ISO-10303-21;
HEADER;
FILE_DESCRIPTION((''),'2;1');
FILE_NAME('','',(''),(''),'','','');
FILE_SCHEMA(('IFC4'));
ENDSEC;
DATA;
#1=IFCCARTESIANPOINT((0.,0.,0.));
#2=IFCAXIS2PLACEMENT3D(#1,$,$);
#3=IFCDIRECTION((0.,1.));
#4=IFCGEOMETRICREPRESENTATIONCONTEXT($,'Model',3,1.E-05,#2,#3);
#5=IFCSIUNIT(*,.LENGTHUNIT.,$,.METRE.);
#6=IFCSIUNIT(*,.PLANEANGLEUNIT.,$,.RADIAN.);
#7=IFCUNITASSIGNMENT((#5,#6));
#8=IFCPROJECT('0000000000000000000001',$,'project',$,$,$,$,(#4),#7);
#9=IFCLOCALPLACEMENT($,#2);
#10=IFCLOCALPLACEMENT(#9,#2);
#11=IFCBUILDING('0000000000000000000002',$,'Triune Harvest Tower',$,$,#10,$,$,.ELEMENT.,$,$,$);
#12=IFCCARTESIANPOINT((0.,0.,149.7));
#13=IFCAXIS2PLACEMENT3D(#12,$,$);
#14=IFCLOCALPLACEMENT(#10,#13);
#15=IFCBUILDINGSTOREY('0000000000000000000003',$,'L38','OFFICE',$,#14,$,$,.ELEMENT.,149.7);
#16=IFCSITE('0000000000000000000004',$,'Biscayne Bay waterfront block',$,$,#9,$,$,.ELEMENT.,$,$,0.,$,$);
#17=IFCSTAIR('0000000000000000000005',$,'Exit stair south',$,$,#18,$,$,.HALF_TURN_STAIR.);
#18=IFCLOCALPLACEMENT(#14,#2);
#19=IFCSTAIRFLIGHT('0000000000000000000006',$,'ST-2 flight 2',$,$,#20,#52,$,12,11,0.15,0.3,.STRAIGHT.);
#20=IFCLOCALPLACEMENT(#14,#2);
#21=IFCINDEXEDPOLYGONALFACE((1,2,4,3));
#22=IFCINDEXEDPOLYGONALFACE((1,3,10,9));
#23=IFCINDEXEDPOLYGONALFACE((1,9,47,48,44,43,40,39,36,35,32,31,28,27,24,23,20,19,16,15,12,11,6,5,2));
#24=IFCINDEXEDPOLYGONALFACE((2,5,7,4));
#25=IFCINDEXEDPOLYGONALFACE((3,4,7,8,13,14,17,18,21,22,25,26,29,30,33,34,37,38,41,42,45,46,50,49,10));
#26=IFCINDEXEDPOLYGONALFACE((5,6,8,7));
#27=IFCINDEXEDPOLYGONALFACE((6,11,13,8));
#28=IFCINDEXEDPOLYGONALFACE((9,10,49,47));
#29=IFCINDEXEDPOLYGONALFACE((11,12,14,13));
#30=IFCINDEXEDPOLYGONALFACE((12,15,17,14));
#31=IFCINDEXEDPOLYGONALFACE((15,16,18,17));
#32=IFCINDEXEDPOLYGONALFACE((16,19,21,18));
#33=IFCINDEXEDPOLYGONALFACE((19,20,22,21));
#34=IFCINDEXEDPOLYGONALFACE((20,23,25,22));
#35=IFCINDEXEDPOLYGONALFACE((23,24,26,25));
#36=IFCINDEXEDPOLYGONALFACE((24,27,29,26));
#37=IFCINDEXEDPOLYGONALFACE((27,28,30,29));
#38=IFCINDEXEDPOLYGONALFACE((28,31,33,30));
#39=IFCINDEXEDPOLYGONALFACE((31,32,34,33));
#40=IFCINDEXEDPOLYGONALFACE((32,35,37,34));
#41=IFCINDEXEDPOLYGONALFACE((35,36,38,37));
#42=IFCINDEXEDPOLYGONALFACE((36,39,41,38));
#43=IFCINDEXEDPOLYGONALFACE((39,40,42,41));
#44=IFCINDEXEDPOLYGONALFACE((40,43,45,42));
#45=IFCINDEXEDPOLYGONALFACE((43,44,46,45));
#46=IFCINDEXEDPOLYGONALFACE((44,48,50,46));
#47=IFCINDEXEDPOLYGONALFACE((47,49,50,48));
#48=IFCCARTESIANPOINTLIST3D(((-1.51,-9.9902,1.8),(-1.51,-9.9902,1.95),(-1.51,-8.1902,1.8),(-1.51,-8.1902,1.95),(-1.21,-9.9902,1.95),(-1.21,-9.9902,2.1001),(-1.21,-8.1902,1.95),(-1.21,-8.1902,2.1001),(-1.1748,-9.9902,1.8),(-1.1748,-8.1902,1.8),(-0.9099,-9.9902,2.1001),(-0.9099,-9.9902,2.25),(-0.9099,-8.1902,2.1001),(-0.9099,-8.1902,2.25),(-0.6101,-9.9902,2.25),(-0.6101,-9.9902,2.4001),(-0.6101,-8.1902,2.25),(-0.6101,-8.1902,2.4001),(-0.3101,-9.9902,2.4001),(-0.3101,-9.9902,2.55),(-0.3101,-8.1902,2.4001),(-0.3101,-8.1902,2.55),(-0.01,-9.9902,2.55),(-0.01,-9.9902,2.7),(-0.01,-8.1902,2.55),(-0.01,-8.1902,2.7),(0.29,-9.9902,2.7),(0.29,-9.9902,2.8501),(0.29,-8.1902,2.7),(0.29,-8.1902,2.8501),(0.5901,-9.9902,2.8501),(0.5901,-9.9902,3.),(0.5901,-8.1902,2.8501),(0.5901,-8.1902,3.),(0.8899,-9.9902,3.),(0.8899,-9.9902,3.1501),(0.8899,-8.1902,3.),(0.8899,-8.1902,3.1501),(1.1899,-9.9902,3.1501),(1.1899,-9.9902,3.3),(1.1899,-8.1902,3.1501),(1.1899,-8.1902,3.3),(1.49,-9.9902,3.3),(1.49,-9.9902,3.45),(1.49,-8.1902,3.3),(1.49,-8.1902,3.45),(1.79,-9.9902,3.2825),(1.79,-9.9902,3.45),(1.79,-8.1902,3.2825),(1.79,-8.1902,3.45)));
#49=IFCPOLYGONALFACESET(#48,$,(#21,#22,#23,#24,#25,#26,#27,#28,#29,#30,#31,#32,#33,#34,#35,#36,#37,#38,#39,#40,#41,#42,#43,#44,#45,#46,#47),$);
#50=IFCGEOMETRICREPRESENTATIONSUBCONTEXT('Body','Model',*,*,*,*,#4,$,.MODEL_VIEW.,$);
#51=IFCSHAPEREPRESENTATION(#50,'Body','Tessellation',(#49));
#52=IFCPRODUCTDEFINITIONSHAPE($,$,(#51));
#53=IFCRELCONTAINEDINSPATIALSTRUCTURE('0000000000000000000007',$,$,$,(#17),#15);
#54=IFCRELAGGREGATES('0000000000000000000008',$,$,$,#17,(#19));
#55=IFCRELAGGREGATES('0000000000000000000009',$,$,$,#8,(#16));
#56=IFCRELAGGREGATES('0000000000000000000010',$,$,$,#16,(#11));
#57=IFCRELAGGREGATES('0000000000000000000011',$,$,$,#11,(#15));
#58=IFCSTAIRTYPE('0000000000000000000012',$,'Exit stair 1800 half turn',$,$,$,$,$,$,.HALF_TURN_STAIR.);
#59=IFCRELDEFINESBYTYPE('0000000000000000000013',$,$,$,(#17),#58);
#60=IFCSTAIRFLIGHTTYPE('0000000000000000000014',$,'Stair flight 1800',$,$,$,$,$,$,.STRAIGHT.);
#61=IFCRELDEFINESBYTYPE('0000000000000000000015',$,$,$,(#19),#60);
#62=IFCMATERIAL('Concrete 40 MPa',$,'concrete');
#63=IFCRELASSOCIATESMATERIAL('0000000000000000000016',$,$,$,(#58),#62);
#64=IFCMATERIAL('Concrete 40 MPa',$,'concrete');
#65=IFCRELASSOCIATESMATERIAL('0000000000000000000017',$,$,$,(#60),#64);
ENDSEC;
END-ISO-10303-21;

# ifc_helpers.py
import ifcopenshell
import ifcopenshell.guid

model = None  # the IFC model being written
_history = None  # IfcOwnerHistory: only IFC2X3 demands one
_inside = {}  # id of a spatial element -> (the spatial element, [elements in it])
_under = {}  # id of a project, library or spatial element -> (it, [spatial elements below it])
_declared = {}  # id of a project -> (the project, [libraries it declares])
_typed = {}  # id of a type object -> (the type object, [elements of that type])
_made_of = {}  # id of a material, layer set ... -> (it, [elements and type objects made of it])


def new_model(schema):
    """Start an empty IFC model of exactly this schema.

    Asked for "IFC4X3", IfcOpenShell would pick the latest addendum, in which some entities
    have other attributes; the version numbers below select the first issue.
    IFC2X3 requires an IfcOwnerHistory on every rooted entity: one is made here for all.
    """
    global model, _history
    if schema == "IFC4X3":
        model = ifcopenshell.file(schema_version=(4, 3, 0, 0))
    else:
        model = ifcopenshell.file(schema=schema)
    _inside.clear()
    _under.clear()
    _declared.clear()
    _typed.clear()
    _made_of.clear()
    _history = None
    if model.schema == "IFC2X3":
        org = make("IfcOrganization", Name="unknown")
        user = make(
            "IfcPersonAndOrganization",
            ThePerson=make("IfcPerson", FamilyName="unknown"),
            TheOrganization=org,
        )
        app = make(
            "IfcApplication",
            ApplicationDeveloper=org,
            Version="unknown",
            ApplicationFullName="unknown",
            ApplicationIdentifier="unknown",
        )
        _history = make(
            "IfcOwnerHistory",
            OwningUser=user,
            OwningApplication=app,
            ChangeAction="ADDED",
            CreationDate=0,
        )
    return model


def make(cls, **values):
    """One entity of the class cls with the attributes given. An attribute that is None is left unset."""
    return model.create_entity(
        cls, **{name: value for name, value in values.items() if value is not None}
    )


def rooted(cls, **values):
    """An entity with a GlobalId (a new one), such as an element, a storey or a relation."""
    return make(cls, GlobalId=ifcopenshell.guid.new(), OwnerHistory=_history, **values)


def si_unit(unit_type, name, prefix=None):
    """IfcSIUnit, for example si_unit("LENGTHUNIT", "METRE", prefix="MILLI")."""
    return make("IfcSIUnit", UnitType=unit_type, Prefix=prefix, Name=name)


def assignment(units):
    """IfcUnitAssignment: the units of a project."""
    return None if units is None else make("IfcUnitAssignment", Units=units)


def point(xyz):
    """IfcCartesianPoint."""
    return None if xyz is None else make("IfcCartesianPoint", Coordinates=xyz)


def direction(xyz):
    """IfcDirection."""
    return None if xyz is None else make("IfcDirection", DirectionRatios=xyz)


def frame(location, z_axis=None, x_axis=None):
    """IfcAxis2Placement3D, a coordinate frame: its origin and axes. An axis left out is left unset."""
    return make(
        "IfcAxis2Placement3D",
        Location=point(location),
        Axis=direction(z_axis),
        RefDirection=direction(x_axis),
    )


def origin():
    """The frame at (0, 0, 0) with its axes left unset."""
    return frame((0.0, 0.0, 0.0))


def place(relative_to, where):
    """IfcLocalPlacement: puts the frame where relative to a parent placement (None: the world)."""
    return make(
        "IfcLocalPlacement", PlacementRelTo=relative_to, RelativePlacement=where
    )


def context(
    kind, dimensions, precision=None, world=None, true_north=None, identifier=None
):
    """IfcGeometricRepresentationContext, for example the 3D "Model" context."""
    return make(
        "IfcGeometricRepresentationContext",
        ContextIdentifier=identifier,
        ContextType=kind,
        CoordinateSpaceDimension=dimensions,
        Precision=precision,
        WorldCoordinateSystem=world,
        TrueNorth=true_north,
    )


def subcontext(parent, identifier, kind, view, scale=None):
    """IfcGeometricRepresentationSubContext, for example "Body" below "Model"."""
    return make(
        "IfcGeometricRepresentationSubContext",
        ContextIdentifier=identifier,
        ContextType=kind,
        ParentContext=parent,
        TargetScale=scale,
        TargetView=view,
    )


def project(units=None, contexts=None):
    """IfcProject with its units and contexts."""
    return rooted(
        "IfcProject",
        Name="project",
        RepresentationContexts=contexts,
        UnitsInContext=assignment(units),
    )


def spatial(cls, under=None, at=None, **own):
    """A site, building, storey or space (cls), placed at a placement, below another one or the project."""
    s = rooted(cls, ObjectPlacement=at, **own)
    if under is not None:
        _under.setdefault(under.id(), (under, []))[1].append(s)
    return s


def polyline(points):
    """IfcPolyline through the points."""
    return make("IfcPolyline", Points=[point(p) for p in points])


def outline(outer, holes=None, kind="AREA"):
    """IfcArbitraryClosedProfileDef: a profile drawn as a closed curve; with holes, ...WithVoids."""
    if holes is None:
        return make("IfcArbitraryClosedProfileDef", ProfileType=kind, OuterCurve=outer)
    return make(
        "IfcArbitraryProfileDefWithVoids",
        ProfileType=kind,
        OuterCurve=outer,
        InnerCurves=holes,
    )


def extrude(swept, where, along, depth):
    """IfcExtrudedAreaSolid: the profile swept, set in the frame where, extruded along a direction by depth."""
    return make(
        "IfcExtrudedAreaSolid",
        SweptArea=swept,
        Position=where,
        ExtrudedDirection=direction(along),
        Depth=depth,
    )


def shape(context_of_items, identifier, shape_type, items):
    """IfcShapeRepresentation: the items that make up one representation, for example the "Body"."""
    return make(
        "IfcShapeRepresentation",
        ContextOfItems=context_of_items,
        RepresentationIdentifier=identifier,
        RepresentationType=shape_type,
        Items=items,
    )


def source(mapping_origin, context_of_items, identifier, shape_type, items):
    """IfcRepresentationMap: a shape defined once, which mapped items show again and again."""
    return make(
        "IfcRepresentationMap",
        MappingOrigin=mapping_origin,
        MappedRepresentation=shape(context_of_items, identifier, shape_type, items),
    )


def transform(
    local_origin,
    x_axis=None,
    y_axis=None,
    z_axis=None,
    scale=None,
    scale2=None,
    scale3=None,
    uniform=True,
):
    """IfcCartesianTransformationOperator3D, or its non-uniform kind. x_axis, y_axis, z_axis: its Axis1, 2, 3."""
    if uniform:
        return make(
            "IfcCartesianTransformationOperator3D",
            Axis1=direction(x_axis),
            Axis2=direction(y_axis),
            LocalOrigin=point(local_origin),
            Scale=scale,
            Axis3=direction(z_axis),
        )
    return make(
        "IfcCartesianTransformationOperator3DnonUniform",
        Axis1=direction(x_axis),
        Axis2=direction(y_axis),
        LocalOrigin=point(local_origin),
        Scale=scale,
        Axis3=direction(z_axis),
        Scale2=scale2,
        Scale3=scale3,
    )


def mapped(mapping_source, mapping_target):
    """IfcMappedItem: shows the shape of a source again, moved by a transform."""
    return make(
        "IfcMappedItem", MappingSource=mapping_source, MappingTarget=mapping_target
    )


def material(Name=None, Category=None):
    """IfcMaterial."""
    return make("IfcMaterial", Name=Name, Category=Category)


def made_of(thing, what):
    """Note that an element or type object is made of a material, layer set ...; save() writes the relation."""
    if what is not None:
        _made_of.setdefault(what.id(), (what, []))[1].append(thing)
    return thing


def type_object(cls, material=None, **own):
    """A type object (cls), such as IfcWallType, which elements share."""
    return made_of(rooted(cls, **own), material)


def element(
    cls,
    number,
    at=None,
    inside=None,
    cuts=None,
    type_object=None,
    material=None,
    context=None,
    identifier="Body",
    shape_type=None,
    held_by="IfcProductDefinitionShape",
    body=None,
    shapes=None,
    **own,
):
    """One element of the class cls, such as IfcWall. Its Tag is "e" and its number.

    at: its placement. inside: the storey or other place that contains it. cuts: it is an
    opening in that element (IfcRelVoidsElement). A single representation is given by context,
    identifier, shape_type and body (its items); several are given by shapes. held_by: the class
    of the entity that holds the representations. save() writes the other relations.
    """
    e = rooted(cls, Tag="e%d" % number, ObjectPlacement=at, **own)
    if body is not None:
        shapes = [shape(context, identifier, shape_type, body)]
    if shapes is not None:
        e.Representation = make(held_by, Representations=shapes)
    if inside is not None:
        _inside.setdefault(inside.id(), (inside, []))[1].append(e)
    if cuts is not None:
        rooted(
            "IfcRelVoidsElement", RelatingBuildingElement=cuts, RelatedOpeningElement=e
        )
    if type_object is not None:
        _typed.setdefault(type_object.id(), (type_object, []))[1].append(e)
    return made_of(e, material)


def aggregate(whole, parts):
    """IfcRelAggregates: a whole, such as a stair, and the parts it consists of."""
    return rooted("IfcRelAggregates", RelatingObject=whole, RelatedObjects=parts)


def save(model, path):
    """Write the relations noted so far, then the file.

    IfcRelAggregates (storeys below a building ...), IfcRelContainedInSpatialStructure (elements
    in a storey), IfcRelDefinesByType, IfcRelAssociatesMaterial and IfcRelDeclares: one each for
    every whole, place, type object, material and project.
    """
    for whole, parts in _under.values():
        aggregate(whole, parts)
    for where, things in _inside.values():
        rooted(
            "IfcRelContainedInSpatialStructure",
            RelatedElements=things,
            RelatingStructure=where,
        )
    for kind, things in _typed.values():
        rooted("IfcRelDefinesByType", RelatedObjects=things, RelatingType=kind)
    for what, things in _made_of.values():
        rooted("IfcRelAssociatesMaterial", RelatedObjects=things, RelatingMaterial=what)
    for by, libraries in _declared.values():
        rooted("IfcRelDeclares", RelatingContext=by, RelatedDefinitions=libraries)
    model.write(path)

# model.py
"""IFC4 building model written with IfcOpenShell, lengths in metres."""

from ifc_helpers import new_model, si_unit, direction, frame, origin, place, context, subcontext, project, spatial, polyline, outline, extrude, source, transform, mapped, material, type_object, element, aggregate, save


model = new_model("IFC4")

# Units and contexts
model_context = context("Model", 3, precision=1e-05, world=origin(), true_north=direction((0.0, 1.0)))
body_context = subcontext(model_context, "Body", "Model", "MODEL_VIEW")
ifc_project = project(units=[si_unit("LENGTHUNIT", "METRE"), si_unit("PLANEANGLEUNIT", "RADIAN")], contexts=[model_context])

# Site, building, storey
site_placement = place(None, origin())
site = spatial("IfcSite", under=ifc_project, at=site_placement, Name="Biscayne Bay waterfront block", CompositionType="ELEMENT", RefElevation=0.0)
building_placement = place(site_placement, origin())
building = spatial("IfcBuilding", under=site, at=building_placement, Name="Triune Harvest Tower", CompositionType="ELEMENT")
storey_placement = place(building_placement, frame((0.0, 0.0, 149.7)))
storey = spatial("IfcBuildingStorey", under=building, at=storey_placement, Name="L38", Description="OFFICE", CompositionType="ELEMENT", Elevation=149.7)

# Stair, stair flight
ifc_material_1 = material(Name="Concrete 40 MPa", Category="concrete")
stair_type = type_object("IfcStairType", Name="Exit stair 1800 half turn", PredefinedType="HALF_TURN_STAIR", material=ifc_material_1)
stair_placement = place(storey_placement, origin())
stair = element("IfcStair", 1, at=stair_placement, inside=storey, type_object=stair_type, Name="Exit stair south", PredefinedType="HALF_TURN_STAIR")
ifc_material_2 = material(Name="Concrete 40 MPa", Category="concrete")
stair_flight_type = type_object("IfcStairFlightType", Name="Stair flight 1800", PredefinedType="STRAIGHT", material=ifc_material_2)
shared_shape_1 = source(origin(), body_context, "Body", "SweptSolid", [
    extrude(outline(polyline([(0.0, 0.0), (0.0, 0.1499), (0.3, 0.1499), (0.3, 0.3), (0.6001, 0.3), (0.6001, 0.45), (0.8999, 0.45), (0.8999, 0.6001), (1.2, 0.6001), (1.2, 0.75), (1.5, 0.75), (1.5, 0.8999), (1.8, 0.8999), (1.8, 1.05), (2.1001, 1.05), (2.1001, 1.2), (2.3999, 1.2), (2.3999, 1.3501), (2.7, 1.3501), (2.7, 1.5), (3.0, 1.5), (3.0, 1.6499), (3.3, 1.6499), (3.3, 1.8), (3.3, 1.4824), (0.3352, 0.0), (0.0, 0.0)])), frame((0.0, 0.8999, 0.0), z_axis=(0.0, -1.0, 0.0), x_axis=(1.0, 0.0, 0.0)), (0.0, 0.0, 1.0), 1.8),
])
stair_flight_placement = place(storey_placement, frame((-1.51, -9.0901, 1.8), z_axis=(0.0, 0.0, 1.0), x_axis=(1.0, 0.0, 0.0)))
stair_flight = element("IfcStairFlight", 2, at=stair_flight_placement, type_object=stair_flight_type, Name="ST-2 flight 2", NumberOfRisers=12, NumberOfTreads=11, PredefinedType="STRAIGHT", RiserHeight=0.15, TreadLength=0.3, context=body_context, shape_type="MappedRepresentation", body=[
    mapped(shared_shape_1, transform((0.0, 0.0, 0.0), scale=1.0)),
])
aggregate(stair, [stair_flight])

save(model, "model.ifc")
